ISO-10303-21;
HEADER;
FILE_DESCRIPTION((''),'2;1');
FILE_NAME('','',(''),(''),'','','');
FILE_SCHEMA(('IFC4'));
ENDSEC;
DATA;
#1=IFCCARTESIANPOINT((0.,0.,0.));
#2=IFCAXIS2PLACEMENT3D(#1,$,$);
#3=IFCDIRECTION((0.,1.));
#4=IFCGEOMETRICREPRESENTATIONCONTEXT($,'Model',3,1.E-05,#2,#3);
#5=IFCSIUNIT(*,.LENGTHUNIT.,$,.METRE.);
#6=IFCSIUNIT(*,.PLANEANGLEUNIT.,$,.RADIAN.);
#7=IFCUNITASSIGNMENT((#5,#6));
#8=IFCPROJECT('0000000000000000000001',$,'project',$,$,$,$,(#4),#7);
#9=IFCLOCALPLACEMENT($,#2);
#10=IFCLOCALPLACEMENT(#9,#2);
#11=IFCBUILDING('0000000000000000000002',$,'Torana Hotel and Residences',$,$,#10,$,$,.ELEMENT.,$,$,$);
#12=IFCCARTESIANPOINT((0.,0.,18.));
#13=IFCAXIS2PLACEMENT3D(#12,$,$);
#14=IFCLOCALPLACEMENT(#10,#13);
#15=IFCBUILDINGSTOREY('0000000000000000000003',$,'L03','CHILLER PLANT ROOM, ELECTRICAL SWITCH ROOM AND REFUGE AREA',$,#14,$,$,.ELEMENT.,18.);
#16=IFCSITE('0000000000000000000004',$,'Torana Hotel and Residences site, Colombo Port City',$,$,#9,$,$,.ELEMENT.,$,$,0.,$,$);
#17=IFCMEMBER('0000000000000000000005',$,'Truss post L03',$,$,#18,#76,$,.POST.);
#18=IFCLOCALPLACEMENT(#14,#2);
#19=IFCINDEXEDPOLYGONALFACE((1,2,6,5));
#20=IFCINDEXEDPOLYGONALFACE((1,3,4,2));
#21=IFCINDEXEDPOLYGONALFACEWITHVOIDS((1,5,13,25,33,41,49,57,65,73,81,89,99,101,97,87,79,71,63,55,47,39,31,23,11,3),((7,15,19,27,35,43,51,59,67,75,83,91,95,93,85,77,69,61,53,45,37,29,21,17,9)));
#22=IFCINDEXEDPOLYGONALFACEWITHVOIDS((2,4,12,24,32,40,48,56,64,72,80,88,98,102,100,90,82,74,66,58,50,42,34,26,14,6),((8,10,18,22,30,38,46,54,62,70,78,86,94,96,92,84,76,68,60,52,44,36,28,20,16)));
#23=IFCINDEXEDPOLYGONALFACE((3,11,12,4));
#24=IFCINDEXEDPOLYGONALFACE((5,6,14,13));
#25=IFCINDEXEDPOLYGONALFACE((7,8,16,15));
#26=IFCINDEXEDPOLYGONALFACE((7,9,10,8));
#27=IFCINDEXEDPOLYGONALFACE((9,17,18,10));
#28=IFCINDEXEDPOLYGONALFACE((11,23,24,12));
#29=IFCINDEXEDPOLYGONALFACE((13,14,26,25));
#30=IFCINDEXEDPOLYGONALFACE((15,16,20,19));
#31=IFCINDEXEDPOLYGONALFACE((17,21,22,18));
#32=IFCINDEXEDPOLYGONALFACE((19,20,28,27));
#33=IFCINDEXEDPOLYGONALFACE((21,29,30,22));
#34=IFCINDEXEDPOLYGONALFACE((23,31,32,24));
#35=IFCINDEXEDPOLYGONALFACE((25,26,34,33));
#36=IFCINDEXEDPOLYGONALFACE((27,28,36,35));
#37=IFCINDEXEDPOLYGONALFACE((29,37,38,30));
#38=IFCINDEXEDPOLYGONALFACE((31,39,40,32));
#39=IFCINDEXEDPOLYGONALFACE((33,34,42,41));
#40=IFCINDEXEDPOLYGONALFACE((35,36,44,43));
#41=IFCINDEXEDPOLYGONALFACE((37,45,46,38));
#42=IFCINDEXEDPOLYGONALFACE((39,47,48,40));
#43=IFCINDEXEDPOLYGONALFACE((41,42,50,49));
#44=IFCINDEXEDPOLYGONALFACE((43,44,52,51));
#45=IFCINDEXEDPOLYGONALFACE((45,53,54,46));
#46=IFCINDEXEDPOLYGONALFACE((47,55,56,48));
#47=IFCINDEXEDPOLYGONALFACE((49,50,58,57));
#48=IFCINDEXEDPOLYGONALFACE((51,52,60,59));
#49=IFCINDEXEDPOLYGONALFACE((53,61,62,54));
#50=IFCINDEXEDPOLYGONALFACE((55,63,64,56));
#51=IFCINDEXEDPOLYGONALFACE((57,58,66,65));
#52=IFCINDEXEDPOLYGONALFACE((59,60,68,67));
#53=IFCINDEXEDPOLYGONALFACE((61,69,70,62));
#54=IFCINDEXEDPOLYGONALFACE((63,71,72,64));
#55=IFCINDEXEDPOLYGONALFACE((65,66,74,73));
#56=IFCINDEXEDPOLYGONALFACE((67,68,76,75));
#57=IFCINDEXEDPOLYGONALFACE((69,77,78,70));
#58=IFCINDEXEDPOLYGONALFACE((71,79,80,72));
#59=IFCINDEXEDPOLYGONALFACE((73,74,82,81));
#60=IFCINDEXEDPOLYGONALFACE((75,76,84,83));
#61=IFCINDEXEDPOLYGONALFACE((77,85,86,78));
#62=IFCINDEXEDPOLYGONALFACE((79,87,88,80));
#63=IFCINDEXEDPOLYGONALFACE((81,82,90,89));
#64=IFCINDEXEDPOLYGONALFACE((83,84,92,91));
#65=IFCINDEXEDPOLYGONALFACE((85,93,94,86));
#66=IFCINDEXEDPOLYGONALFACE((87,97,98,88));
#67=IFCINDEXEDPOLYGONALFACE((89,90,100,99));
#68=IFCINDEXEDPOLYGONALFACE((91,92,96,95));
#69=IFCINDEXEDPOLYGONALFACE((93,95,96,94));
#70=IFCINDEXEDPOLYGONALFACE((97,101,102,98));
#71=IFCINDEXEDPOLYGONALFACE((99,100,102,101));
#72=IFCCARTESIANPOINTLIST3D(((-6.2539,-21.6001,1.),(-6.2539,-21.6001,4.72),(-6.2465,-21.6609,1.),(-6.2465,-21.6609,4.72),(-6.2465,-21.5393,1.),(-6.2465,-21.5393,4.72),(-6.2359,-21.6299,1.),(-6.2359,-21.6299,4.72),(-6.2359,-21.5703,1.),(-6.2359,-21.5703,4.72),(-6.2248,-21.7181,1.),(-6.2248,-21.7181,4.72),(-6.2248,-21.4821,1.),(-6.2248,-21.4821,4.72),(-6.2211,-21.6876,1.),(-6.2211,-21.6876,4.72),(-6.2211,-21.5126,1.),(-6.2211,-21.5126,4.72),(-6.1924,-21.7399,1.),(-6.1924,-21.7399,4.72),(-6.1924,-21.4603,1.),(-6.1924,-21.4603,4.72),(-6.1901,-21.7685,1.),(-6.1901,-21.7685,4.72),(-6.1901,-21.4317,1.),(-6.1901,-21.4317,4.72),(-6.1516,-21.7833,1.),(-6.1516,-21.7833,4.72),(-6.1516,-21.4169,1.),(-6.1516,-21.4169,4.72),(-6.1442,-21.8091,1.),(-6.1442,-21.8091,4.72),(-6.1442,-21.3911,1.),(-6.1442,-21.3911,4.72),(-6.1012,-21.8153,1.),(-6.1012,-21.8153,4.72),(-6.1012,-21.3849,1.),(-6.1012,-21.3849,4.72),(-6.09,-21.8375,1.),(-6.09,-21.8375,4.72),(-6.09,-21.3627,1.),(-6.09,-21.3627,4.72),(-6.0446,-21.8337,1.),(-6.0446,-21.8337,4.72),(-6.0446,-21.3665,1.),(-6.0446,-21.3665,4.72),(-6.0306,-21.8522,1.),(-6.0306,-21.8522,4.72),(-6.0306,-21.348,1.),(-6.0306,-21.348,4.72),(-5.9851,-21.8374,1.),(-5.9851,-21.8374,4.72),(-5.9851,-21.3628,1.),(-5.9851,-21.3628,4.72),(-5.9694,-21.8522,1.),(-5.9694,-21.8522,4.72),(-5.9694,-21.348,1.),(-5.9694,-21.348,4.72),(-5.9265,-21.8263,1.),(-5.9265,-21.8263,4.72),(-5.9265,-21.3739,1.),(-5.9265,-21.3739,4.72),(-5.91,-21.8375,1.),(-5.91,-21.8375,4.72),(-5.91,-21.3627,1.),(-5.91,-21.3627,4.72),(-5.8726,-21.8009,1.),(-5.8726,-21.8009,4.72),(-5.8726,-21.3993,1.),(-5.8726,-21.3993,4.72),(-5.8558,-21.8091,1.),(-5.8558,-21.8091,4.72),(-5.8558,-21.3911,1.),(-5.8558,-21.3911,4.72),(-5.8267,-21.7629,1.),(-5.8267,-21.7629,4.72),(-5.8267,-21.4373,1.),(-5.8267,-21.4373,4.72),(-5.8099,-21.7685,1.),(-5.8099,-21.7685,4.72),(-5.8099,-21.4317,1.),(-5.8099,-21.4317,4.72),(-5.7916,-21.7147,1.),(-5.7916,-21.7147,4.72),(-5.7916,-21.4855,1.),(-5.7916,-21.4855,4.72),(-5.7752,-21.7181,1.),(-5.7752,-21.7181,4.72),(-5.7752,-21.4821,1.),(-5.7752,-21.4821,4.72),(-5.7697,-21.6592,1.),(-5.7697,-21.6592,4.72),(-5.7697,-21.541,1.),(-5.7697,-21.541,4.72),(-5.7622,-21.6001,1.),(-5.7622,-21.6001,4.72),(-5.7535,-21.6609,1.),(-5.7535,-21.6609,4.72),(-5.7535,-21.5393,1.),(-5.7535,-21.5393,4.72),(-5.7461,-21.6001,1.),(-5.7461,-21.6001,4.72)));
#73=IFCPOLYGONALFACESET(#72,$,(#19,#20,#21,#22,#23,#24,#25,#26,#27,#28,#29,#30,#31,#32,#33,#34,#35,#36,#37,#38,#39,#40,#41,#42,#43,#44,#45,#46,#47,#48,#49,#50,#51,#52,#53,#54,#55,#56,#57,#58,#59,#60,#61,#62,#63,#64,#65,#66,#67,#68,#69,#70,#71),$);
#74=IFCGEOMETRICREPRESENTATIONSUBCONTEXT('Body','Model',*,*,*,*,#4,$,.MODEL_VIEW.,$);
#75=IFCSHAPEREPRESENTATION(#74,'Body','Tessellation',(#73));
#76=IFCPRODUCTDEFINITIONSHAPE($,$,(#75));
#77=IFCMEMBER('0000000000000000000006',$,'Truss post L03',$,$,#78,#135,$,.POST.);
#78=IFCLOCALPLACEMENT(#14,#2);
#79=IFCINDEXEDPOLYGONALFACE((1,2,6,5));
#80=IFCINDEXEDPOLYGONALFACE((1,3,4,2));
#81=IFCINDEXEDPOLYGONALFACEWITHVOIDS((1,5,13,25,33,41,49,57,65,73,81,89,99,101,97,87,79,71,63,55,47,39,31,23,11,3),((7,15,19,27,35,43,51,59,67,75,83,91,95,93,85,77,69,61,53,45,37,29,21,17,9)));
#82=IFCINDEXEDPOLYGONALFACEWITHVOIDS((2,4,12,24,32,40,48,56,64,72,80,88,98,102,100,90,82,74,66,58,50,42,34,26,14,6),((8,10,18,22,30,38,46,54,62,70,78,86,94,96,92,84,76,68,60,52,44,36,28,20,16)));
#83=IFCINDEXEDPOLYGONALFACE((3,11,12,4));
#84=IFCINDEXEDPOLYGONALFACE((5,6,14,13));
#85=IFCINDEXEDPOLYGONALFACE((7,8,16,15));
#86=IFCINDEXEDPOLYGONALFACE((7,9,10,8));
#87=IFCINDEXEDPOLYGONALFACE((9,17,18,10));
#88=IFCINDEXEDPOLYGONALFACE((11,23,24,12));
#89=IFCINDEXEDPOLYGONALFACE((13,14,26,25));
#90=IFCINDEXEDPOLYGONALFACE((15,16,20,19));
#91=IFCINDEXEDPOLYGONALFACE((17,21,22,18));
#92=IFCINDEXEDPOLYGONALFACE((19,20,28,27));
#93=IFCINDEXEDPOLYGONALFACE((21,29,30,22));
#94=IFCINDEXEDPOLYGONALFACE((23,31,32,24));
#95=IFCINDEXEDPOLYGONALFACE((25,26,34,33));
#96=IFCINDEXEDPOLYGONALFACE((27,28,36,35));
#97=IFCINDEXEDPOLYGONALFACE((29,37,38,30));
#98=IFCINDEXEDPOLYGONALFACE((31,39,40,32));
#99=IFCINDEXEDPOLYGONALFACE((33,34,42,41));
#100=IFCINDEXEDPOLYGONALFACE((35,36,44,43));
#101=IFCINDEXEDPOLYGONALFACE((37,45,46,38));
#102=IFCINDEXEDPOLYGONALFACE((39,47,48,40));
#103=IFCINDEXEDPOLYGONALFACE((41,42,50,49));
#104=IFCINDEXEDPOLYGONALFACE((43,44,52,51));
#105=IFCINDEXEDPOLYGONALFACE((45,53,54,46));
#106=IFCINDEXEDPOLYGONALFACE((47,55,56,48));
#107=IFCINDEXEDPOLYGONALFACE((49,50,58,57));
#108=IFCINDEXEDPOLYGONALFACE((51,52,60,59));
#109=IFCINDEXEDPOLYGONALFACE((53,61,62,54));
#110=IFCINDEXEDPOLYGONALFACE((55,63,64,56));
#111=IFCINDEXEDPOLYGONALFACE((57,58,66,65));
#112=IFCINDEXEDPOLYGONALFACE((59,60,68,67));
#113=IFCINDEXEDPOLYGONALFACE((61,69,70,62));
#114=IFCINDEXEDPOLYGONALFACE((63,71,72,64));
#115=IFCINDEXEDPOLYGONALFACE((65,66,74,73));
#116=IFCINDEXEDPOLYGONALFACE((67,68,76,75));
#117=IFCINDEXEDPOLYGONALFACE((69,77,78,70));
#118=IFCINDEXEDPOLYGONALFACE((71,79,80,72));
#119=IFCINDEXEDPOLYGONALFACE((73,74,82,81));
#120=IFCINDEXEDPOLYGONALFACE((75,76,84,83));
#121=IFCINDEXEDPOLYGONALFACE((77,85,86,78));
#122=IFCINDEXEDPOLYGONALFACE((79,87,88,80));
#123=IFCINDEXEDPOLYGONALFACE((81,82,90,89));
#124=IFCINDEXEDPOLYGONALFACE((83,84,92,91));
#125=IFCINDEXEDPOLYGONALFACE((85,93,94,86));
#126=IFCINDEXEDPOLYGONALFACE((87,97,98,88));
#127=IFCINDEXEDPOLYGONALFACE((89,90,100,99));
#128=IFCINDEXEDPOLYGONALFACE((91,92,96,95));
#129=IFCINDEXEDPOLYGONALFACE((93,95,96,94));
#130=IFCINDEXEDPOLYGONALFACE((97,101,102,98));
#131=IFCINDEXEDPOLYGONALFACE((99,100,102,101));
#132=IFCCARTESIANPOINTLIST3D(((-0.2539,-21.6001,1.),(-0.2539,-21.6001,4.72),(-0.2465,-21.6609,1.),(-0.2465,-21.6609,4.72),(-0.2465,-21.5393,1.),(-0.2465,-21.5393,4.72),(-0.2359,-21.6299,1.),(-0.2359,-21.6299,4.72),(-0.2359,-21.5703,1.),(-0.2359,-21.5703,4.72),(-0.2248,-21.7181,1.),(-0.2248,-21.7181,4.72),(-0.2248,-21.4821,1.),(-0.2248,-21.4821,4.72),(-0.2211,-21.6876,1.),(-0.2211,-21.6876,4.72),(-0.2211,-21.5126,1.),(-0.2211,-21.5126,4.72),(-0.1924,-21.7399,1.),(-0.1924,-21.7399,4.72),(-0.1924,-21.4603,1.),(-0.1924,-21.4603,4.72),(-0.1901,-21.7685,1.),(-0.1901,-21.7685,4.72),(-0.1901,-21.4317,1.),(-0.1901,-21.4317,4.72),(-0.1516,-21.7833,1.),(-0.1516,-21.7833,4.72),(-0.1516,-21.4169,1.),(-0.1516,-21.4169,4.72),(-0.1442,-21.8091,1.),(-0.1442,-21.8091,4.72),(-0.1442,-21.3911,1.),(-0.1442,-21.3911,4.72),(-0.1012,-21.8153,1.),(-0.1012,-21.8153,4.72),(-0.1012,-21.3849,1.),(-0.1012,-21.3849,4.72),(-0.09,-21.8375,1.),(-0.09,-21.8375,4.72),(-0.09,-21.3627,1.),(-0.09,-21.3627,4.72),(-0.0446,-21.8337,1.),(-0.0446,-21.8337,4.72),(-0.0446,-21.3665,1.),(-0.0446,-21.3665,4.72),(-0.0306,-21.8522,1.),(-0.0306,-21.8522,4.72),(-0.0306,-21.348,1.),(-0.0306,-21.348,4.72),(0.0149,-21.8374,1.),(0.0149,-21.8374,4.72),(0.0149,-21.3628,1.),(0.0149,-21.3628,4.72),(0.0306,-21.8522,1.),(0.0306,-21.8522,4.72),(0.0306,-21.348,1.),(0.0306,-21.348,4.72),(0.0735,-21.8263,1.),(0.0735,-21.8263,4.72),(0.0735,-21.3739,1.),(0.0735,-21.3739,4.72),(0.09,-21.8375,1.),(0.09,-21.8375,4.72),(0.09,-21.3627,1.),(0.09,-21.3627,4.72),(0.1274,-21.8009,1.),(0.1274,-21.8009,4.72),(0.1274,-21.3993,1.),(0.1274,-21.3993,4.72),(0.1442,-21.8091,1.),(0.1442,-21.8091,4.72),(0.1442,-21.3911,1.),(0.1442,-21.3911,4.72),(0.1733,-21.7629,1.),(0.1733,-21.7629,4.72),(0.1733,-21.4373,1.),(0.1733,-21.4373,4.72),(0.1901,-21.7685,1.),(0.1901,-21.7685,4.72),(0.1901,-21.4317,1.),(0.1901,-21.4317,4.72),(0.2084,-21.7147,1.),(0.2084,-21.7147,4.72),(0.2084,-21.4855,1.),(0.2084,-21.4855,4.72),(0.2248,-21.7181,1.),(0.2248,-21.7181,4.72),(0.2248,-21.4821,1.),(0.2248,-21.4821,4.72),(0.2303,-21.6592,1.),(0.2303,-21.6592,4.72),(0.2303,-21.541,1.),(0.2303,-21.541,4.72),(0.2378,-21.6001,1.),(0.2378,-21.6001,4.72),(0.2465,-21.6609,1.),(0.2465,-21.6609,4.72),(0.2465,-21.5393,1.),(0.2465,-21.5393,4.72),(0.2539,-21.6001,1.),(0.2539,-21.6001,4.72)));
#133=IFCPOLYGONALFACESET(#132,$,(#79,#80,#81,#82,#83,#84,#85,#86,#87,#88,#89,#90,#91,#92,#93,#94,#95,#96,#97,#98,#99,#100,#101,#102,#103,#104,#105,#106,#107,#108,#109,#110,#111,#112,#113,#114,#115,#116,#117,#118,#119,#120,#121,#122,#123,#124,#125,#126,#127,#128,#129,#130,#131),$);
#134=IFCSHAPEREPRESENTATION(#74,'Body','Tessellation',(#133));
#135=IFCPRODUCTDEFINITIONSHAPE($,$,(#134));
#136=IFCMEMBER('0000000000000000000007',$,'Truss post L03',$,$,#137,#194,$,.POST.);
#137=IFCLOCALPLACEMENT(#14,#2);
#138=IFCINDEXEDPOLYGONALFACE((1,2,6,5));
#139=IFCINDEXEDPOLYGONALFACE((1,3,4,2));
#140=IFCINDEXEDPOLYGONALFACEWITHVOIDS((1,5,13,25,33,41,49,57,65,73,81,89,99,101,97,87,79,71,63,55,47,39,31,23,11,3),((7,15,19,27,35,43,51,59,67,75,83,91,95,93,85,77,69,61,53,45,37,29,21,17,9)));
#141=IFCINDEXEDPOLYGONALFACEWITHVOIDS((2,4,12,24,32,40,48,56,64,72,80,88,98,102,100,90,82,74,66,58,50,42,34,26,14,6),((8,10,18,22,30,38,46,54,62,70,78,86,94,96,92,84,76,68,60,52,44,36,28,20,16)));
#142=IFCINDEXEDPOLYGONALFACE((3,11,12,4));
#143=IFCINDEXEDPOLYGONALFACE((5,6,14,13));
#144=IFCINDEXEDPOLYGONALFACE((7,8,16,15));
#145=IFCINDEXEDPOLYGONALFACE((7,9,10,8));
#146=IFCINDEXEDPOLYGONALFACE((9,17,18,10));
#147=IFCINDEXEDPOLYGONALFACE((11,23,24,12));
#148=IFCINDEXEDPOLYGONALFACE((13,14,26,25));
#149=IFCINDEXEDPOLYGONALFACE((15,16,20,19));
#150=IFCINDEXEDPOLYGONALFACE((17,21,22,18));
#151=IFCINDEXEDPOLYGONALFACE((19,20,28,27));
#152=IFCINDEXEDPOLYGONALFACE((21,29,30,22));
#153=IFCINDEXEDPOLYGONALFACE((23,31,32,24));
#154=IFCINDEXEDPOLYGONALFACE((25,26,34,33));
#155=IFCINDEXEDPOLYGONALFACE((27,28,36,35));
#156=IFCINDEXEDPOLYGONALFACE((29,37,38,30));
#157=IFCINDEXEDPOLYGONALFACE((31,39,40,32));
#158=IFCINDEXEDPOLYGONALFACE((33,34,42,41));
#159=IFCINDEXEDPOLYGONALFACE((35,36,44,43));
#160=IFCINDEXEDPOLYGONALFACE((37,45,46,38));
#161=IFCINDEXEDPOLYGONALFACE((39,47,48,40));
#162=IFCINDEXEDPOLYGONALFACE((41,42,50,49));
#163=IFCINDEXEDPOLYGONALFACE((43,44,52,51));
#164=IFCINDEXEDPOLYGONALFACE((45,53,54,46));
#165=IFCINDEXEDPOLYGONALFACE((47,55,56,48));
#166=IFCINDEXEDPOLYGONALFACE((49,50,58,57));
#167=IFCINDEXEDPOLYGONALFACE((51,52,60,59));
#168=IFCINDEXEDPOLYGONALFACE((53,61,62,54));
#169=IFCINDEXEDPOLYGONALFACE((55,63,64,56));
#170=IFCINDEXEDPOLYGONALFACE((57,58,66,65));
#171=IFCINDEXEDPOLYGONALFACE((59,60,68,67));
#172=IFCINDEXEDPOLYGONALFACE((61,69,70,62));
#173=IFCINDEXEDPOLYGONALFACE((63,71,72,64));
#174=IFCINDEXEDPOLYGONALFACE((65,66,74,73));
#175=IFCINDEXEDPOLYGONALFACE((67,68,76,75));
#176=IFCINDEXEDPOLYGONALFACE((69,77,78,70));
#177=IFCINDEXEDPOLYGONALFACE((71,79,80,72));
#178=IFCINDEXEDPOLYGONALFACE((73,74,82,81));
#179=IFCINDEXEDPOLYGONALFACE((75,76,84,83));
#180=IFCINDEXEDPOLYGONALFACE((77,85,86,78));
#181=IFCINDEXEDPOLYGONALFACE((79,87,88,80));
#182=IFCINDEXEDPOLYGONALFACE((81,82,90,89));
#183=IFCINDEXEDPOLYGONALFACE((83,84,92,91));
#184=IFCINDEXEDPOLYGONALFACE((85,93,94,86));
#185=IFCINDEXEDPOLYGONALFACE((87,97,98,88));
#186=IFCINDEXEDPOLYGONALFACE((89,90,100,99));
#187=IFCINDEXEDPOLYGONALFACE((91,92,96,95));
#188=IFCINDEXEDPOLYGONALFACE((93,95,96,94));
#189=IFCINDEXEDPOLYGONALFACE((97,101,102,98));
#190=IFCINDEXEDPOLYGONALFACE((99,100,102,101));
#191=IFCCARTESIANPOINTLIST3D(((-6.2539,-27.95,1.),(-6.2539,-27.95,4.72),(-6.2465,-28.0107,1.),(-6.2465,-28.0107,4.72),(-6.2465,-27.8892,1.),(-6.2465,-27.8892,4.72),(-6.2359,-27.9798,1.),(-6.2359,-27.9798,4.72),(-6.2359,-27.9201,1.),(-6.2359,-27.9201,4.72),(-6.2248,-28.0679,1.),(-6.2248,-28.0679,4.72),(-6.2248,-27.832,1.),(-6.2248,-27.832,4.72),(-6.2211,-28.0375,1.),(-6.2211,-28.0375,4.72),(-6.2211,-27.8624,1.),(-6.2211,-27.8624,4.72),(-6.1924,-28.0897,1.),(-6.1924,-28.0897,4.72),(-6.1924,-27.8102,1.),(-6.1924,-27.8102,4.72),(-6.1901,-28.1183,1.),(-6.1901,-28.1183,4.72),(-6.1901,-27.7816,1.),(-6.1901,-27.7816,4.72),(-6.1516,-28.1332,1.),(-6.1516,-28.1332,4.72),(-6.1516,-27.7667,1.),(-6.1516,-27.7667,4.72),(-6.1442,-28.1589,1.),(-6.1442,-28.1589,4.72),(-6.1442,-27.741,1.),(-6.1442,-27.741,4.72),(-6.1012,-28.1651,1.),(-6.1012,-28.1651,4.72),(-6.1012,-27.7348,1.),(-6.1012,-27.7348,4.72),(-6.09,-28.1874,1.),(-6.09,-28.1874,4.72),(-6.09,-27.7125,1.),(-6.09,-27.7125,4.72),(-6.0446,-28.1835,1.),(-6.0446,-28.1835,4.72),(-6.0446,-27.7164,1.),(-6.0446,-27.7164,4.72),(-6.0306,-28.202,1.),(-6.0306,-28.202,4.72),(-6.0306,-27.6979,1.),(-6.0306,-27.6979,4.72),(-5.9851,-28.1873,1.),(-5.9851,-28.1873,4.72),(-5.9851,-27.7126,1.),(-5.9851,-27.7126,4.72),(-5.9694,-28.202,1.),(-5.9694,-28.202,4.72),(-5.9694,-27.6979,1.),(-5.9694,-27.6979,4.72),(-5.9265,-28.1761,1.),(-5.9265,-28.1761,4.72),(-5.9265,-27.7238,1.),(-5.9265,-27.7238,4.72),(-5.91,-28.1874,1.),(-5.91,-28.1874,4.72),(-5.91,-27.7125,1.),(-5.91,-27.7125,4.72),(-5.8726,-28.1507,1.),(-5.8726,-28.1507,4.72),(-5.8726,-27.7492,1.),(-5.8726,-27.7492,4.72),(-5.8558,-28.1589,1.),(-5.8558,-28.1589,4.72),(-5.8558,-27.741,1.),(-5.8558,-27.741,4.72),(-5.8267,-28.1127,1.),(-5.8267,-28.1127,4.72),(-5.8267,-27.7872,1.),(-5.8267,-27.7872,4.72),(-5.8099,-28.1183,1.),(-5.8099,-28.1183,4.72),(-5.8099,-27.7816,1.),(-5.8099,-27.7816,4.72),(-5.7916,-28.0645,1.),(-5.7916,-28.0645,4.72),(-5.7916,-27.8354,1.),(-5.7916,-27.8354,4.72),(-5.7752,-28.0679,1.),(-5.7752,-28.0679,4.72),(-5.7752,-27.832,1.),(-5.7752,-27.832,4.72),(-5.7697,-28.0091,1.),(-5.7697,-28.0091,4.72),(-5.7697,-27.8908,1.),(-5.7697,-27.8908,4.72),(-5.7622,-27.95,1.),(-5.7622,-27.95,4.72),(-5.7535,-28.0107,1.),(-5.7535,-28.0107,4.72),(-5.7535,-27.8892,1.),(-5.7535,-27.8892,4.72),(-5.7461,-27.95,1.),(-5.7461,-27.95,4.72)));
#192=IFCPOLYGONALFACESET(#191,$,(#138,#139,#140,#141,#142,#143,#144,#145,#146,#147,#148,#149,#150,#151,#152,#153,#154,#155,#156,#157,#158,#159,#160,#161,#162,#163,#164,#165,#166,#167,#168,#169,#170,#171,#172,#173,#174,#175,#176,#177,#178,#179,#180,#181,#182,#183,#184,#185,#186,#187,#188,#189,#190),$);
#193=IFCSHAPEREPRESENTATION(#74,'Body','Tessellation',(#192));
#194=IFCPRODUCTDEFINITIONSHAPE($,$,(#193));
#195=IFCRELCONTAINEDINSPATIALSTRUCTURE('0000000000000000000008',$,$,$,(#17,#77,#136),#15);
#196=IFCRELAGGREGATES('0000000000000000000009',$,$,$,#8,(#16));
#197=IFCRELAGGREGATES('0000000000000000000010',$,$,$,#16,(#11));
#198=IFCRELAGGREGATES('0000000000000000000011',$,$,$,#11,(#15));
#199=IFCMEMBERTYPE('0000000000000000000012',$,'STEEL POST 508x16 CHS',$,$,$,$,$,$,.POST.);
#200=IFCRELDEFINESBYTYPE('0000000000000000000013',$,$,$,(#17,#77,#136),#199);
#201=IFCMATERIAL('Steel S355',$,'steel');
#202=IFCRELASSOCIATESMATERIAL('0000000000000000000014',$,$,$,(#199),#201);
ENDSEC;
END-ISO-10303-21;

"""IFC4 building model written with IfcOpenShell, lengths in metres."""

from ifc_helpers import new_model, si_unit, direction, frame, origin, origin_2d, place, context, subcontext, project, spatial, hollow_circle, extrude, material, material_profile, profile_set, type_object, element, save


model = new_model("IFC4")

# Units and contexts
model_context = context("Model", 3, precision=1e-05, world=origin(), true_north=direction((0.0, 1.0)))
body_context = subcontext(model_context, "Body", "Model", "MODEL_VIEW")
ifc_project = project(units=[si_unit("LENGTHUNIT", "METRE"), si_unit("PLANEANGLEUNIT", "RADIAN")], contexts=[model_context])

# Site, building, storey
site_placement = place(None, origin())
site = spatial("IfcSite", under=ifc_project, at=site_placement, Name="Torana Hotel and Residences site, Colombo Port City", CompositionType="ELEMENT", RefElevation=0.0)
building_placement = place(site_placement, origin())
building = spatial("IfcBuilding", under=site, at=building_placement, Name="Torana Hotel and Residences", CompositionType="ELEMENT")
storey_placement = place(building_placement, frame((0.0, 0.0, 18.0)))
storey = spatial("IfcBuildingStorey", under=building, at=storey_placement, Name="L03", Description="CHILLER PLANT ROOM, ELECTRICAL SWITCH ROOM AND REFUGE AREA", CompositionType="ELEMENT", Elevation=18.0)

# Members
ifc_material_1 = material(Name="Steel S355", Category="steel")
ifc_material_profile_1 = material_profile(ifc_material_1, hollow_circle(Radius=0.2539, WallThickness=0.0161, at=origin_2d()), Name="508x16 CHS")
ifc_profile_set_1 = profile_set([ifc_material_profile_1], Name="Steel S355")
member_type_1 = type_object("IfcMemberType", Name="STEEL POST 508x16 CHS", PredefinedType="POST", material=ifc_profile_set_1)
for number, where, z_axis, x_axis, name in (
    (1, (-6.0, -21.6001, 1.0), (0.0, 0.0, 1.0), (1.0, 0.0, 0.0), "Truss post L03"),
    (2, (0.0, -21.6001, 1.0), (0.0, 0.0, 1.0), (1.0, 0.0, 0.0), "Truss post L03"),
    (3, (-6.0, -27.95, 1.0), (0.0, 0.0, 1.0), (1.0, 0.0, 0.0), "Truss post L03"),
):
    element("IfcMember", number, at=place(storey_placement, frame(where, z_axis=z_axis, x_axis=x_axis)), inside=storey, type_object=member_type_1, Name=name, PredefinedType="POST", context=body_context, shape_type="SweptSolid", body=[
        extrude(hollow_circle(Radius=0.2539, WallThickness=0.0161, at=origin_2d()), origin(), (0.0, 0.0, 1.0), 3.72),
    ])

save(model, "model.ifc")
